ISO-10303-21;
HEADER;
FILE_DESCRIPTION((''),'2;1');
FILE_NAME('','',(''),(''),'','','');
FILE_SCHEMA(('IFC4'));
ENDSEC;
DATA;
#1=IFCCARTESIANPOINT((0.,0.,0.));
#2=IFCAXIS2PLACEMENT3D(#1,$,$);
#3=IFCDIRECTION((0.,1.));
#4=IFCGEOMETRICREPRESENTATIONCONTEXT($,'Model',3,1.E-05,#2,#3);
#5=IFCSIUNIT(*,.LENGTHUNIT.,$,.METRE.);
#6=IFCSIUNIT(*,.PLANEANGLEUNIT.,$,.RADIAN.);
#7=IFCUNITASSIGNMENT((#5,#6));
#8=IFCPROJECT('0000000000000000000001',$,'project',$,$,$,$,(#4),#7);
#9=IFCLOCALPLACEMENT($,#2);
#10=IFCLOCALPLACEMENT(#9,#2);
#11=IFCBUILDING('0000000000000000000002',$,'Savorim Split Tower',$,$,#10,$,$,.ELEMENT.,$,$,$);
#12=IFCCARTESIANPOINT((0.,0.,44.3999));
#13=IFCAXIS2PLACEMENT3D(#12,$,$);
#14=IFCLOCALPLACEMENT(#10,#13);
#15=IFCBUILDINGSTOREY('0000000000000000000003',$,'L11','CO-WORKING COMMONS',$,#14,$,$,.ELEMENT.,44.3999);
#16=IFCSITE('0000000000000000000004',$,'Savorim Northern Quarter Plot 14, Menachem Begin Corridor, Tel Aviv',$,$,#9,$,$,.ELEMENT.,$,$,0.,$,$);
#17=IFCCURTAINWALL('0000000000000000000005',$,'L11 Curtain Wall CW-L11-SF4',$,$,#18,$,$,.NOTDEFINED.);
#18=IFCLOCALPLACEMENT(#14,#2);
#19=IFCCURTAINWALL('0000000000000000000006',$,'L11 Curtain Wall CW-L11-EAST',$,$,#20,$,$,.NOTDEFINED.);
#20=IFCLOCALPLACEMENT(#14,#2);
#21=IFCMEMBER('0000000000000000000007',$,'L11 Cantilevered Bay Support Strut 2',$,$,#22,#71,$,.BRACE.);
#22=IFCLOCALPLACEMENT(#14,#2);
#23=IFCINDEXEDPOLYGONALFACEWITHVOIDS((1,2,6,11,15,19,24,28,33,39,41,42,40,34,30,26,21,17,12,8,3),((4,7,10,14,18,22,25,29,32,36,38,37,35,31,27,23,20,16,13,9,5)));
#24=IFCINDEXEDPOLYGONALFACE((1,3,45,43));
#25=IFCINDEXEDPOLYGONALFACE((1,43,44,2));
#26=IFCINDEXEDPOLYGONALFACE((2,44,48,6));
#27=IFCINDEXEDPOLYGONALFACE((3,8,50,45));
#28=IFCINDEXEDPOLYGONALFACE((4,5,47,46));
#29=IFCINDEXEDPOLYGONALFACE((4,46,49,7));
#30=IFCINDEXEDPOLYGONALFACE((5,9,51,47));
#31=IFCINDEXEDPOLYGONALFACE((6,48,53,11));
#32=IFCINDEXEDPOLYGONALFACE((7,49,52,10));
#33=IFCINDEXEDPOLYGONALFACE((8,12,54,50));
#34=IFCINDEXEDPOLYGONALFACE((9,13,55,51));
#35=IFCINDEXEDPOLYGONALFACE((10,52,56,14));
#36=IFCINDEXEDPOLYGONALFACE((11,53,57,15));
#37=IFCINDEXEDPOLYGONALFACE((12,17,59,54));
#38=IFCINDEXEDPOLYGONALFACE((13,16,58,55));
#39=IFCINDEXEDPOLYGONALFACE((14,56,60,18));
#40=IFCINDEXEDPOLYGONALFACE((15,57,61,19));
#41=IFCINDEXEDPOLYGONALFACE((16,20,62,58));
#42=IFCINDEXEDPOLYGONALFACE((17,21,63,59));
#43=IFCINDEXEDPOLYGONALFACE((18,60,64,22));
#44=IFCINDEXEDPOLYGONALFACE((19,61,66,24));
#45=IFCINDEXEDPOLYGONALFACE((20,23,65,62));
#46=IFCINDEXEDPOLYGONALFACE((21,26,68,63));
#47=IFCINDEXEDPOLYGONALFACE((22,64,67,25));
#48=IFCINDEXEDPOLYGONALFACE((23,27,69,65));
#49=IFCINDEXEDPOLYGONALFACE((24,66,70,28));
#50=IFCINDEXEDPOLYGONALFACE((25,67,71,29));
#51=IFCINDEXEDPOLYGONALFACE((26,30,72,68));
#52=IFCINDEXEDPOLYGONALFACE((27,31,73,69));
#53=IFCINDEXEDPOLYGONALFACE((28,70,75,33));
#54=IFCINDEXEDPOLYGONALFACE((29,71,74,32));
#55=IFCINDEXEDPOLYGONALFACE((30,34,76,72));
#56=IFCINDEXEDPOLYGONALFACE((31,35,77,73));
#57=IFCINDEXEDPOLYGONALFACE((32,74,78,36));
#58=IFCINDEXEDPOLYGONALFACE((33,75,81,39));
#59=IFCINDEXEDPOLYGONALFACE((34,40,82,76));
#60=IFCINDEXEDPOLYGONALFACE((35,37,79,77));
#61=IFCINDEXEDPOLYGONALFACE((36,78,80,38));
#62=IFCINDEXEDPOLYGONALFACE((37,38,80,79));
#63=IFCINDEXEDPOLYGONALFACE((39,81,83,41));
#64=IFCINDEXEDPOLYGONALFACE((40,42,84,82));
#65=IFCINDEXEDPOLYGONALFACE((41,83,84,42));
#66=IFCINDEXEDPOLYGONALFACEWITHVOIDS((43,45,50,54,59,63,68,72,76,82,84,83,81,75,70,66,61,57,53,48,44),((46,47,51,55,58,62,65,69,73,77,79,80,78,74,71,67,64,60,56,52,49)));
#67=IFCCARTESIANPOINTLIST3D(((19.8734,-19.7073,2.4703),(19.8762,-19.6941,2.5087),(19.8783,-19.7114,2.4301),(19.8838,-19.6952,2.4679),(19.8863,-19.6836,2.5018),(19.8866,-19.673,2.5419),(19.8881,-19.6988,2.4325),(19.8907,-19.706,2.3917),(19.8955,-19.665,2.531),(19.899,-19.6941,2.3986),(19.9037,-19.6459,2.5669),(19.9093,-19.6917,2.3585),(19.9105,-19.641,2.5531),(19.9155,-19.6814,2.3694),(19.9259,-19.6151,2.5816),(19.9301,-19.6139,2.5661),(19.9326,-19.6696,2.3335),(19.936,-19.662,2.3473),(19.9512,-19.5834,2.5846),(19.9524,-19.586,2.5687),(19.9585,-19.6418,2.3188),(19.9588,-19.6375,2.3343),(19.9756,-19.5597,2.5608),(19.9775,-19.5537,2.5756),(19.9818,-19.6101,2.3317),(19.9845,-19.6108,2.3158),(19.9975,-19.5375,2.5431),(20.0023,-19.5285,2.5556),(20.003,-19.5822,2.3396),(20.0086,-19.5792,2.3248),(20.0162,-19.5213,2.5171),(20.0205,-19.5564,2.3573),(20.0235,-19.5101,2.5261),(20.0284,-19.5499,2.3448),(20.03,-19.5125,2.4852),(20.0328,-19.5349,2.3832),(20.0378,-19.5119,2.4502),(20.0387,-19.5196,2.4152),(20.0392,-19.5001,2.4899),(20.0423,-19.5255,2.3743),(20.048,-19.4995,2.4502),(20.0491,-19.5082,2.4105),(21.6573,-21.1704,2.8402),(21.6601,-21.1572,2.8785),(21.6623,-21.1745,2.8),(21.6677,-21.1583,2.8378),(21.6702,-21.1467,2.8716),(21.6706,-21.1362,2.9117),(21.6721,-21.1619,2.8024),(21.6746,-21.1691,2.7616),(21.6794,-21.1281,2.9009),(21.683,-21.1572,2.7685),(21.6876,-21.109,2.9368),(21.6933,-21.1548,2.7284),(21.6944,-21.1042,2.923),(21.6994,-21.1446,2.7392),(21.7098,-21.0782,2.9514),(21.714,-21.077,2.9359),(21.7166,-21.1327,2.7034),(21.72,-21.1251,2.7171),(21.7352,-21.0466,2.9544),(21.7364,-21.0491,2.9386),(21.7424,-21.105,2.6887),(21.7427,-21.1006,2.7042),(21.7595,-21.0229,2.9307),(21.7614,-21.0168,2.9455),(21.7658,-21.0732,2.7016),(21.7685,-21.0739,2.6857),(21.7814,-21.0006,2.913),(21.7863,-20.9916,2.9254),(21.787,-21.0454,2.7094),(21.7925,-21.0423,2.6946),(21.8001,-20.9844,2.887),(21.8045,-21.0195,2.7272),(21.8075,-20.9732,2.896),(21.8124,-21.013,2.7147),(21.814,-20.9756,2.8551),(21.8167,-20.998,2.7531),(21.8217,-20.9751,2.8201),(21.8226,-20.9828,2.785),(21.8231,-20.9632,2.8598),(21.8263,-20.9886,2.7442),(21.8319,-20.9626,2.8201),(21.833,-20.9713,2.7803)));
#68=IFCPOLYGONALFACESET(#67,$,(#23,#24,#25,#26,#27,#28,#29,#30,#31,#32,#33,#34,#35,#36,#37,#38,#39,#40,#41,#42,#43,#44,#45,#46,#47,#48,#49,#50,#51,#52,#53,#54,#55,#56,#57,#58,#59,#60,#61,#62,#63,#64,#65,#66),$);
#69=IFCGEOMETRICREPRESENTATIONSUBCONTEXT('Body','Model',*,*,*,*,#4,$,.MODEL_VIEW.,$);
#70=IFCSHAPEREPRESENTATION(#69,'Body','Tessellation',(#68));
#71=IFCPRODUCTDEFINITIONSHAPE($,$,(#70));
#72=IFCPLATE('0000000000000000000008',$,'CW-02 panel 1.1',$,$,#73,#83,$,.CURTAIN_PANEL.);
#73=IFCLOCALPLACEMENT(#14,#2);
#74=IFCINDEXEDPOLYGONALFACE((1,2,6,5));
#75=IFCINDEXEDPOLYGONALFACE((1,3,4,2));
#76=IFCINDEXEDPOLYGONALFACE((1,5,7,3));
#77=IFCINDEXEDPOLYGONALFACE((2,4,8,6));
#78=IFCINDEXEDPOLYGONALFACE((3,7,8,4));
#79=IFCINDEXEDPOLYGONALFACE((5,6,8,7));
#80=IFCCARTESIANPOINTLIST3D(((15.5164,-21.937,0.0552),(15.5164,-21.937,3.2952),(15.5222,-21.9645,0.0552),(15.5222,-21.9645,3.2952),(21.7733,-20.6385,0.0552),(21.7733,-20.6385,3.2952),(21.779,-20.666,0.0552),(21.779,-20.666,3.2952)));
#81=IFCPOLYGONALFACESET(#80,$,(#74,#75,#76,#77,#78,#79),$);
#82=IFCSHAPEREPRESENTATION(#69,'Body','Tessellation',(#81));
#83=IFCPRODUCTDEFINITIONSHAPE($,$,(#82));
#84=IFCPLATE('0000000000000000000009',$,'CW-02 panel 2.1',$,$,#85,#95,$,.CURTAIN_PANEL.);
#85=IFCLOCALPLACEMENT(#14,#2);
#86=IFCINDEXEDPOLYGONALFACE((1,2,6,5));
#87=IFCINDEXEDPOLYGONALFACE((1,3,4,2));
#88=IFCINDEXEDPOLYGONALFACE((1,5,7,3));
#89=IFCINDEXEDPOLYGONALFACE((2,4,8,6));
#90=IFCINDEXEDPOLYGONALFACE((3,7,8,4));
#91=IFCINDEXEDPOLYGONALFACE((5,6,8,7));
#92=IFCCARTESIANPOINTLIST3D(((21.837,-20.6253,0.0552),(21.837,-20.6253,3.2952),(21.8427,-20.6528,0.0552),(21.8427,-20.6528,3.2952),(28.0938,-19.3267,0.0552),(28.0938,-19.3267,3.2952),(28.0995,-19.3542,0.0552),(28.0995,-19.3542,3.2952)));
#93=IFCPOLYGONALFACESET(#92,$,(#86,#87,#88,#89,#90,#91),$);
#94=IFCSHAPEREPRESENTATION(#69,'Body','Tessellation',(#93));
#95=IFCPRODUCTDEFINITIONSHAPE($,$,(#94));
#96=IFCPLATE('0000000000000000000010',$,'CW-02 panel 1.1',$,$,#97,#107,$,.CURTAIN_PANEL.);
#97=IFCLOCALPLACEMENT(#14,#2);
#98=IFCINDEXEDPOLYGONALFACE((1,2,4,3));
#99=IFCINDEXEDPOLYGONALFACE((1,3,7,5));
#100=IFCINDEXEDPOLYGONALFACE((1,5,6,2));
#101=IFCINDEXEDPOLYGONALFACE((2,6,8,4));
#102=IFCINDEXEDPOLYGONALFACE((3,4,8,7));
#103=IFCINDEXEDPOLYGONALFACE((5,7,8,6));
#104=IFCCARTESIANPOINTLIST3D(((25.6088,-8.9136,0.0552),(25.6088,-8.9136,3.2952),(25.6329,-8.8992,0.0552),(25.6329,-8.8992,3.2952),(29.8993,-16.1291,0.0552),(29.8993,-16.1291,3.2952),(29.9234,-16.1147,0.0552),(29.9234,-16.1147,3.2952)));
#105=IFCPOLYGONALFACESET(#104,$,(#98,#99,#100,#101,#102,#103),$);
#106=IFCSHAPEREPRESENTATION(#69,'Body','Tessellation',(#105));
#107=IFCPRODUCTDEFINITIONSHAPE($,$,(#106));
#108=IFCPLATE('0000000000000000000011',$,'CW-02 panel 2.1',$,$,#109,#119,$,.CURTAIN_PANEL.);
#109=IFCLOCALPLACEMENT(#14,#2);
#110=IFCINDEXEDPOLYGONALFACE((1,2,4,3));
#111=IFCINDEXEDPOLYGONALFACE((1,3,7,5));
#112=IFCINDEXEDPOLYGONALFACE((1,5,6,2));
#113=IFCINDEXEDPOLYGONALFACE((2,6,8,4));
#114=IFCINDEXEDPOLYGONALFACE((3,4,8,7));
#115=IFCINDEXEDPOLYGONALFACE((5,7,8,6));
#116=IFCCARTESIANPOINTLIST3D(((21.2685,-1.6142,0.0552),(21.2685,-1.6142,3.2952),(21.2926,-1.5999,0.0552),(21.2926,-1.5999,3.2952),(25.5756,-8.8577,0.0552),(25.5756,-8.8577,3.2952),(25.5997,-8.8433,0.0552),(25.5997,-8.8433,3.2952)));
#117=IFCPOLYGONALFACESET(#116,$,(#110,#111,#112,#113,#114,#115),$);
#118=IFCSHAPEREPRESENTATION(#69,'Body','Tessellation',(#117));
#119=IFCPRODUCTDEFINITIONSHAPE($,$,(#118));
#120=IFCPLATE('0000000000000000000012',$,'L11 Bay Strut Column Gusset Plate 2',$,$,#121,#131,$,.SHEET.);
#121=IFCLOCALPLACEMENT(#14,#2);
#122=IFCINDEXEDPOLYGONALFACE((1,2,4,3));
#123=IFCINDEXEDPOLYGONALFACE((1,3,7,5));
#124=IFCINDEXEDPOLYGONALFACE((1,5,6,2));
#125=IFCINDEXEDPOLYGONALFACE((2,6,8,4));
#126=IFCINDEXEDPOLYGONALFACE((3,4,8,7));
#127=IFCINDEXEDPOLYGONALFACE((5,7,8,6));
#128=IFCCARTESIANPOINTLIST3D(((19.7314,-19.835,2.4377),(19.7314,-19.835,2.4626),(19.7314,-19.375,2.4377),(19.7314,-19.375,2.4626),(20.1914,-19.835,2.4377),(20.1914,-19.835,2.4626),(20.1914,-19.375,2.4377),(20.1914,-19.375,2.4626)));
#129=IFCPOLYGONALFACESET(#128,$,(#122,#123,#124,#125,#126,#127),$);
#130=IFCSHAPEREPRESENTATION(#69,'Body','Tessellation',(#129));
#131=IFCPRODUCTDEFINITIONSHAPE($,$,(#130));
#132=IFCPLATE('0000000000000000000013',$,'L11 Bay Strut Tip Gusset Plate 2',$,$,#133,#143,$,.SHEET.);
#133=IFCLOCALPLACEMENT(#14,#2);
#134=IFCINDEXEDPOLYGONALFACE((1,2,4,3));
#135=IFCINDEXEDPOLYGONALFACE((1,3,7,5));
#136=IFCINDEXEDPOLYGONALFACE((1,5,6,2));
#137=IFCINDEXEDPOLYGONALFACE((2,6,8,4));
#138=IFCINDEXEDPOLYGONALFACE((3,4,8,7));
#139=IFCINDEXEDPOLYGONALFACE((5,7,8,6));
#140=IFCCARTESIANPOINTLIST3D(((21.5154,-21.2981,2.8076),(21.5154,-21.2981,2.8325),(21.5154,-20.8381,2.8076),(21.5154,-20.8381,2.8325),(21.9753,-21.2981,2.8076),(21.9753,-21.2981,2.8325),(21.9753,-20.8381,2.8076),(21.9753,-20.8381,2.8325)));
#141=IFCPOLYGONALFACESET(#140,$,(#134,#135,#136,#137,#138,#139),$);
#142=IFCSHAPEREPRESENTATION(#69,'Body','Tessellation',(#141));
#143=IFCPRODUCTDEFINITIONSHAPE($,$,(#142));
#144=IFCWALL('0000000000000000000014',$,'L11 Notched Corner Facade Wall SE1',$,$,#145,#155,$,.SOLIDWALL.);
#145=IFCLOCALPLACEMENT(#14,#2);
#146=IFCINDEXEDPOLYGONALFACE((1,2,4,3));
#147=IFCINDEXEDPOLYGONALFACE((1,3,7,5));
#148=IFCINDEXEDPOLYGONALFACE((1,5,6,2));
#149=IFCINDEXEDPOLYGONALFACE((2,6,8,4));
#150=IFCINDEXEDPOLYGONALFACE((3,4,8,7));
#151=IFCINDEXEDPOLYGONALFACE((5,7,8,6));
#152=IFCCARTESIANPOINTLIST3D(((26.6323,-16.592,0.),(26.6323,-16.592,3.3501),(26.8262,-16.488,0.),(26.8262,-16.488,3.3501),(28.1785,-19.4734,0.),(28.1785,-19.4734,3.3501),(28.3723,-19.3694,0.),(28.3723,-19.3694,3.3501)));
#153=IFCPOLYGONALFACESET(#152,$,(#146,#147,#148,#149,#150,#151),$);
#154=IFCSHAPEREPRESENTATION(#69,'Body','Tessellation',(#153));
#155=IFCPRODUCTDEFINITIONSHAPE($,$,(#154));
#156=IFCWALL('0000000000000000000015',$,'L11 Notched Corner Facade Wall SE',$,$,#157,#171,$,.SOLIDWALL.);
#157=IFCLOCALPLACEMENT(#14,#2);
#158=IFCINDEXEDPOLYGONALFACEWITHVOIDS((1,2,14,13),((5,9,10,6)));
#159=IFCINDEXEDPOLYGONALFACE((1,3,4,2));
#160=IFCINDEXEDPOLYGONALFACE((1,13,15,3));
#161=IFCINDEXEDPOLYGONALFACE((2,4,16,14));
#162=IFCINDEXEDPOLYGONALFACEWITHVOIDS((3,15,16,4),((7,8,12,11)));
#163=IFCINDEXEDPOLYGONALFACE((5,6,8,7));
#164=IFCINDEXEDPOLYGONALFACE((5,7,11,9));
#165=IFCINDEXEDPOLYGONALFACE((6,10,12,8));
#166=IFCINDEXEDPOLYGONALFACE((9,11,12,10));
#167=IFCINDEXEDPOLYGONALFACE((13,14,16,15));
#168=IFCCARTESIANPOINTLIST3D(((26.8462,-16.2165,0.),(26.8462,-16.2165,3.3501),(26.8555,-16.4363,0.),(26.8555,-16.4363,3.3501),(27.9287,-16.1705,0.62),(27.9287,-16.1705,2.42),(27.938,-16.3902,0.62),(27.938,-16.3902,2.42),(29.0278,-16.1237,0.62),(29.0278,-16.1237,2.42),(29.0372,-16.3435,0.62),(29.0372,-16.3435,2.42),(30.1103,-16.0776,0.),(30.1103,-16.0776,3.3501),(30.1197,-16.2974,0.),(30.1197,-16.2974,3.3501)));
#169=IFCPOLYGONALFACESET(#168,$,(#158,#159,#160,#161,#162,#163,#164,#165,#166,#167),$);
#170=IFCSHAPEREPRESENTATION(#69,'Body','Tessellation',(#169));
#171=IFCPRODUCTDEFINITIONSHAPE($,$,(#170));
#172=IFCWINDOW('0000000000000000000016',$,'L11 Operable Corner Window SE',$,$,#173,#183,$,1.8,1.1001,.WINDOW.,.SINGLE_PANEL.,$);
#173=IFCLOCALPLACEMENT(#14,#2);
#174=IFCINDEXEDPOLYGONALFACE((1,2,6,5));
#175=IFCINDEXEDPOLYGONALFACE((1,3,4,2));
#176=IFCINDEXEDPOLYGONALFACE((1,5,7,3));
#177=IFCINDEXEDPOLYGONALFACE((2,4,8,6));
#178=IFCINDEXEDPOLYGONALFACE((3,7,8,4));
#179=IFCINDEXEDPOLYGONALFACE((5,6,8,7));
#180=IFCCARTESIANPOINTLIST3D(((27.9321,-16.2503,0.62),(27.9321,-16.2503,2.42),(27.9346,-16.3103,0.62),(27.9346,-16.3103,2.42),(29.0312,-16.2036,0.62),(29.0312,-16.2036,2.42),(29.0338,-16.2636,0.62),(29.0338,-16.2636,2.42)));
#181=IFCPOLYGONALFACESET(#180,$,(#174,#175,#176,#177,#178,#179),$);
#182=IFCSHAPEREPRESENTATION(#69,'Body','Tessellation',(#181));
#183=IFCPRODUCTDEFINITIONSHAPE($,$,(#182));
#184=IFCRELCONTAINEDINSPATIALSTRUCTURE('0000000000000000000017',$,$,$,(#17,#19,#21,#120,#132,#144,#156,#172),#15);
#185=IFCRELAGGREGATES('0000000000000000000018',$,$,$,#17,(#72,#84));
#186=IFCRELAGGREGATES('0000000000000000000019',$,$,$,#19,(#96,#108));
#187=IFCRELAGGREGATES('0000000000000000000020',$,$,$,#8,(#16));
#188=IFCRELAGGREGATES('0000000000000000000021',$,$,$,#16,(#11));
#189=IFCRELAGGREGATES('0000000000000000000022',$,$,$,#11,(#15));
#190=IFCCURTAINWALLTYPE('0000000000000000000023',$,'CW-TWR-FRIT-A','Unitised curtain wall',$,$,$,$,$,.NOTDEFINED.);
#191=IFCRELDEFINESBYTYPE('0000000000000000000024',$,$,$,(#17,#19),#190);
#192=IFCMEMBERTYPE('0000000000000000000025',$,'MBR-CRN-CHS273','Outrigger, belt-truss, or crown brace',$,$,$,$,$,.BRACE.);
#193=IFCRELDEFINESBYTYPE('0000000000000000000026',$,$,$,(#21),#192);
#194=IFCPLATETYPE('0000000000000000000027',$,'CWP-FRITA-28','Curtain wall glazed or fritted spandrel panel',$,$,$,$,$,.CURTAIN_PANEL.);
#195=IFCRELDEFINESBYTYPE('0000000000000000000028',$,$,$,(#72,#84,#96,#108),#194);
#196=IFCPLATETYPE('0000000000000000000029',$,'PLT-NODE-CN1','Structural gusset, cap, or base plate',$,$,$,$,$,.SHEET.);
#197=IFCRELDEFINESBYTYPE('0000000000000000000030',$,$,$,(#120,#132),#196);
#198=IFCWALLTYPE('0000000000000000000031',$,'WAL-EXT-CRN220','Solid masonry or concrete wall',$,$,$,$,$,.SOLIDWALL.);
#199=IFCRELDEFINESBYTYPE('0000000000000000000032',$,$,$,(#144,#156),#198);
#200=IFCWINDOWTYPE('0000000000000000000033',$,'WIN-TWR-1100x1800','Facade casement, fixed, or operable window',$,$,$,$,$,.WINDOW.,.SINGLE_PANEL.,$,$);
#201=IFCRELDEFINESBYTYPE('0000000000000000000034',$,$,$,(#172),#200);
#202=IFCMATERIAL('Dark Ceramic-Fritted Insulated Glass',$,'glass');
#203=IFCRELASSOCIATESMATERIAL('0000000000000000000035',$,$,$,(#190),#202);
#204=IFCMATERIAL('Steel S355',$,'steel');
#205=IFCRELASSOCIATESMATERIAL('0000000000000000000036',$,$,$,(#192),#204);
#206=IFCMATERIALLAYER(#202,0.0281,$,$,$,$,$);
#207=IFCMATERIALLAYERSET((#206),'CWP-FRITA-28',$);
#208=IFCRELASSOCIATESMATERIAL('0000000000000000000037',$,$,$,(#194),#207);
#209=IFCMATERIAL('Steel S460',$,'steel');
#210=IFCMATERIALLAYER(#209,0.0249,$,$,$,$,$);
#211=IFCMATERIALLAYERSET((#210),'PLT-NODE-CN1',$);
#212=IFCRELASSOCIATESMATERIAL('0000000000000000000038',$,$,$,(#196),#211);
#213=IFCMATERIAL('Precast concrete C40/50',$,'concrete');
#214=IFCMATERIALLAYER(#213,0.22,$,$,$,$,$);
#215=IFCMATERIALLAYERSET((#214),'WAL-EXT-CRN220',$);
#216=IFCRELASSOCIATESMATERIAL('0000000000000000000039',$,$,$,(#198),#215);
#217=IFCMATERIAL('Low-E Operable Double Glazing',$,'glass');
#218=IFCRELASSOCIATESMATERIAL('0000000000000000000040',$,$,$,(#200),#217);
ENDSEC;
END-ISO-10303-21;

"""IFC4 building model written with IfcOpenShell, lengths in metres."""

from ifc_helpers import new_model, si_unit, direction, frame, frame_2d, origin, origin_2d, place, context, subcontext, project, spatial, rectangle, hollow_circle, extrude, material, layer, layer_set, material_profile, profile_set, type_object, element, fill, aggregate, save


model = new_model("IFC4")

# Units and contexts
model_context = context("Model", 3, precision=1e-05, world=origin(), true_north=direction((0.0, 1.0)))
body_context = subcontext(model_context, "Body", "Model", "MODEL_VIEW")
ifc_project = project(units=[si_unit("LENGTHUNIT", "METRE"), si_unit("PLANEANGLEUNIT", "RADIAN")], contexts=[model_context])

# Site, building, storey
site_placement = place(None, origin())
site = spatial("IfcSite", under=ifc_project, at=site_placement, Name="Savorim Northern Quarter Plot 14, Menachem Begin Corridor, Tel Aviv", CompositionType="ELEMENT", RefElevation=0.0)
building_placement = place(site_placement, origin())
building = spatial("IfcBuilding", under=site, at=building_placement, Name="Savorim Split Tower", CompositionType="ELEMENT")
storey_placement = place(building_placement, frame((0.0, 0.0, 44.3999)))
storey = spatial("IfcBuildingStorey", under=building, at=storey_placement, Name="L11", Description="CO-WORKING COMMONS", CompositionType="ELEMENT", Elevation=44.3999)

# Shared definitions
ifc_material_1 = material(Name="Steel S460", Category="steel")

# Shared definitions
ifc_material_2 = material(Name="Steel S355", Category="steel")

# Shared definitions
ifc_material_3 = material(Name="Dark Ceramic-Fritted Insulated Glass", Category="glass")
curtain_wall_type = type_object("IfcCurtainWallType", Name="CW-TWR-FRIT-A", Description="Unitised curtain wall", PredefinedType="NOTDEFINED", material=ifc_material_3)

# Curtain walls
curtain_wall_1_placement = place(storey_placement, origin())
curtain_wall_1 = element("IfcCurtainWall", 1, at=curtain_wall_1_placement, inside=storey, type_object=curtain_wall_type, Name="L11 Curtain Wall CW-L11-SF4", PredefinedType="NOTDEFINED")
curtain_wall_2_placement = place(storey_placement, origin())
curtain_wall_2 = element("IfcCurtainWall", 2, at=curtain_wall_2_placement, inside=storey, type_object=curtain_wall_type, Name="L11 Curtain Wall CW-L11-EAST", PredefinedType="NOTDEFINED")

# Member
ifc_material_profile_1 = material_profile(ifc_material_2, hollow_circle(Radius=0.1365, WallThickness=0.0161, at=origin_2d()), Name="CHS 273x16")
ifc_profile_set_1 = profile_set([ifc_material_profile_1], Name="Steel S355")
member_type_1 = type_object("IfcMemberType", Name="MBR-CRN-CHS273", Description="Outrigger, belt-truss, or crown brace", PredefinedType="BRACE", material=ifc_profile_set_1)
member_1_placement = place(storey_placement, frame((19.9614, -19.605, 2.4502), z_axis=(0.763454, -0.626164, 0.158291), x_axis=(0.634159, 0.773202, 0.0)))
element("IfcMember", 3, at=member_1_placement, inside=storey, type_object=member_type_1, Name="L11 Cantilevered Bay Support Strut 2", PredefinedType="BRACE", context=body_context, shape_type="SweptSolid", body=[
    extrude(hollow_circle(Radius=0.1365, WallThickness=0.0161, at=origin_2d()), origin(), (0.0, 0.0, 1.0), 2.3367),
])

# Plates
ifc_layer_1 = layer(ifc_material_3, 0.0281)
ifc_layer_set_1 = layer_set([ifc_layer_1], Name="CWP-FRITA-28")
plate_type_1 = type_object("IfcPlateType", Name="CWP-FRITA-28", Description="Curtain wall glazed or fritted spandrel panel", PredefinedType="CURTAIN_PANEL", material=ifc_layer_set_1)
plate_1_placement = place(storey_placement, frame((18.6477, -21.3015, 0.0552), z_axis=(0.0, 0.0, 1.0), x_axis=(0.979135, 0.20321, 0.0)))
plate_1 = element("IfcPlate", 4, at=plate_1_placement, type_object=plate_type_1, Name="CW-02 panel 1.1", PredefinedType="CURTAIN_PANEL", context=body_context, shape_type="SweptSolid", body=[
    extrude(rectangle(XDim=6.3901, YDim=0.0281, at=origin_2d()), origin(), (0.0, 0.0, 1.0), 3.24),
])
plate_2_placement = place(storey_placement, frame((24.9683, -19.9897, 0.0552), z_axis=(0.0, 0.0, 1.0), x_axis=(0.979135, 0.20321, 0.0)))
plate_2 = element("IfcPlate", 5, at=plate_2_placement, type_object=plate_type_1, Name="CW-02 panel 2.1", PredefinedType="CURTAIN_PANEL", context=body_context, shape_type="SweptSolid", body=[
    extrude(rectangle(XDim=6.3901, YDim=0.0281, at=origin_2d()), origin(), (0.0, 0.0, 1.0), 3.24),
])
aggregate(curtain_wall_1, [plate_1, plate_2])
plate_3_placement = place(storey_placement, frame((27.7661, -12.5142, 0.0552), z_axis=(0.0, 0.0, 1.0), x_axis=(-0.511092, 0.859526, 0.0)))
plate_3 = element("IfcPlate", 6, at=plate_3_placement, type_object=plate_type_1, Name="CW-02 panel 1.1", PredefinedType="CURTAIN_PANEL", context=body_context, shape_type="SweptSolid", body=[
    extrude(rectangle(XDim=8.3948, YDim=0.0281, at=origin_2d()), origin(), (0.0, 0.0, 1.0), 3.24),
])
plate_4_placement = place(storey_placement, frame((23.4341, -5.2288, 0.0552), z_axis=(0.0, 0.0, 1.0), x_axis=(-0.511092, 0.859526, 0.0)))
plate_4 = element("IfcPlate", 7, at=plate_4_placement, type_object=plate_type_1, Name="CW-02 panel 2.1", PredefinedType="CURTAIN_PANEL", context=body_context, shape_type="SweptSolid", body=[
    extrude(rectangle(XDim=8.4272, YDim=0.0281, at=origin_2d()), origin(), (0.0, 0.0, 1.0), 3.24),
])
aggregate(curtain_wall_2, [plate_3, plate_4])

# Plates
ifc_layer_2 = layer(ifc_material_1, 0.0249)
ifc_layer_set_2 = layer_set([ifc_layer_2], Name="PLT-NODE-CN1")
plate_type_2 = type_object("IfcPlateType", Name="PLT-NODE-CN1", Description="Structural gusset, cap, or base plate", PredefinedType="SHEET", material=ifc_layer_set_2)
for number, where, z_axis, x_axis, name in (
    (8, (19.9614, -19.605, 2.4377), (0.0, 0.0, 1.0), (1.0, 0.0, 0.0), "L11 Bay Strut Column Gusset Plate 2"),
    (9, (21.7454, -21.0681, 2.8076), (0.0, 0.0, 1.0), (1.0, 0.0, 0.0), "L11 Bay Strut Tip Gusset Plate 2"),
):
    element("IfcPlate", number, at=place(storey_placement, frame(where, z_axis=z_axis, x_axis=x_axis)), inside=storey, type_object=plate_type_2, Name=name, PredefinedType="SHEET", context=body_context, shape_type="SweptSolid", body=[
        extrude(rectangle(XDim=0.46, YDim=0.46, at=origin_2d()), origin(), (0.0, 0.0, 1.0), 0.0249),
    ])

# Wall
ifc_material_4 = material(Name="Precast concrete C40/50", Category="concrete")
ifc_layer_3 = layer(ifc_material_4, 0.22)
ifc_layer_set_3 = layer_set([ifc_layer_3], Name="WAL-EXT-CRN220")
wall_type = type_object("IfcWallType", Name="WAL-EXT-CRN220", Description="Solid masonry or concrete wall", PredefinedType="SOLIDWALL", material=ifc_layer_set_3)
wall_1_placement = place(storey_placement, frame((26.7292, -16.54, 0.0), z_axis=(0.0, 0.0, 1.0), x_axis=(0.47283, -0.881153, 0.0)))
element("IfcWall", 10, at=wall_1_placement, inside=storey, type_object=wall_type, Name="L11 Notched Corner Facade Wall SE1", PredefinedType="SOLIDWALL", context=body_context, shape_type="SweptSolid", body=[
    extrude(rectangle(XDim=3.27, YDim=0.22, at=frame_2d((1.635, 0.0))), origin(), (0.0, 0.0, 1.0), 3.3501),
])

# Wall, opening, window
wall_2_placement = place(storey_placement, frame((30.115, -16.1875, 0.0), z_axis=(0.0, 0.0, 1.0), x_axis=(-0.999096, -0.042519, 0.0)))
wall_2 = element("IfcWall", 11, at=wall_2_placement, inside=storey, type_object=wall_type, Name="L11 Notched Corner Facade Wall SE", PredefinedType="SOLIDWALL", context=body_context, shape_type="SweptSolid", body=[
    extrude(rectangle(XDim=3.2671, YDim=0.22, at=frame_2d((1.6335, 0.0))), origin(), (0.0, 0.0, 1.0), 3.3501),
])
opening_placement = place(wall_2_placement, frame((1.0835, 0.0, 0.6201)))
opening = element("IfcOpeningElement", 12, at=opening_placement, cuts=wall_2, PredefinedType="OPENING", context=body_context, shape_type="SweptSolid", body=[
    extrude(rectangle(XDim=1.1001, YDim=1.8, at=frame_2d((0.55, 0.8999))), frame((0.0, 0.1199, 0.0), z_axis=(0.0, -1.0, 0.0), x_axis=(1.0, 0.0, 0.0)), (0.0, 0.0, 1.0), 0.24),
])
ifc_material_5 = material(Name="Low-E Operable Double Glazing", Category="glass")
window_type = type_object("IfcWindowType", Name="WIN-TWR-1100x1800", Description="Facade casement, fixed, or operable window", PartitioningType="SINGLE_PANEL", PredefinedType="WINDOW", material=ifc_material_5)
window_placement = place(opening_placement, origin())
window = element("IfcWindow", 13, at=window_placement, inside=storey, type_object=window_type, Name="L11 Operable Corner Window SE", OverallHeight=1.8, OverallWidth=1.1001, PartitioningType="SINGLE_PANEL", PredefinedType="WINDOW", context=body_context, shape_type="SweptSolid", body=[
    extrude(rectangle(XDim=1.1001, YDim=1.8, at=frame_2d((0.55, 0.8999))), frame((0.0, 0.03, 0.0), z_axis=(0.0, -1.0, 0.0), x_axis=(1.0, 0.0, 0.0)), (0.0, 0.0, 1.0), 0.0601),
])
fill(opening, window)

save(model, "model.ifc")
